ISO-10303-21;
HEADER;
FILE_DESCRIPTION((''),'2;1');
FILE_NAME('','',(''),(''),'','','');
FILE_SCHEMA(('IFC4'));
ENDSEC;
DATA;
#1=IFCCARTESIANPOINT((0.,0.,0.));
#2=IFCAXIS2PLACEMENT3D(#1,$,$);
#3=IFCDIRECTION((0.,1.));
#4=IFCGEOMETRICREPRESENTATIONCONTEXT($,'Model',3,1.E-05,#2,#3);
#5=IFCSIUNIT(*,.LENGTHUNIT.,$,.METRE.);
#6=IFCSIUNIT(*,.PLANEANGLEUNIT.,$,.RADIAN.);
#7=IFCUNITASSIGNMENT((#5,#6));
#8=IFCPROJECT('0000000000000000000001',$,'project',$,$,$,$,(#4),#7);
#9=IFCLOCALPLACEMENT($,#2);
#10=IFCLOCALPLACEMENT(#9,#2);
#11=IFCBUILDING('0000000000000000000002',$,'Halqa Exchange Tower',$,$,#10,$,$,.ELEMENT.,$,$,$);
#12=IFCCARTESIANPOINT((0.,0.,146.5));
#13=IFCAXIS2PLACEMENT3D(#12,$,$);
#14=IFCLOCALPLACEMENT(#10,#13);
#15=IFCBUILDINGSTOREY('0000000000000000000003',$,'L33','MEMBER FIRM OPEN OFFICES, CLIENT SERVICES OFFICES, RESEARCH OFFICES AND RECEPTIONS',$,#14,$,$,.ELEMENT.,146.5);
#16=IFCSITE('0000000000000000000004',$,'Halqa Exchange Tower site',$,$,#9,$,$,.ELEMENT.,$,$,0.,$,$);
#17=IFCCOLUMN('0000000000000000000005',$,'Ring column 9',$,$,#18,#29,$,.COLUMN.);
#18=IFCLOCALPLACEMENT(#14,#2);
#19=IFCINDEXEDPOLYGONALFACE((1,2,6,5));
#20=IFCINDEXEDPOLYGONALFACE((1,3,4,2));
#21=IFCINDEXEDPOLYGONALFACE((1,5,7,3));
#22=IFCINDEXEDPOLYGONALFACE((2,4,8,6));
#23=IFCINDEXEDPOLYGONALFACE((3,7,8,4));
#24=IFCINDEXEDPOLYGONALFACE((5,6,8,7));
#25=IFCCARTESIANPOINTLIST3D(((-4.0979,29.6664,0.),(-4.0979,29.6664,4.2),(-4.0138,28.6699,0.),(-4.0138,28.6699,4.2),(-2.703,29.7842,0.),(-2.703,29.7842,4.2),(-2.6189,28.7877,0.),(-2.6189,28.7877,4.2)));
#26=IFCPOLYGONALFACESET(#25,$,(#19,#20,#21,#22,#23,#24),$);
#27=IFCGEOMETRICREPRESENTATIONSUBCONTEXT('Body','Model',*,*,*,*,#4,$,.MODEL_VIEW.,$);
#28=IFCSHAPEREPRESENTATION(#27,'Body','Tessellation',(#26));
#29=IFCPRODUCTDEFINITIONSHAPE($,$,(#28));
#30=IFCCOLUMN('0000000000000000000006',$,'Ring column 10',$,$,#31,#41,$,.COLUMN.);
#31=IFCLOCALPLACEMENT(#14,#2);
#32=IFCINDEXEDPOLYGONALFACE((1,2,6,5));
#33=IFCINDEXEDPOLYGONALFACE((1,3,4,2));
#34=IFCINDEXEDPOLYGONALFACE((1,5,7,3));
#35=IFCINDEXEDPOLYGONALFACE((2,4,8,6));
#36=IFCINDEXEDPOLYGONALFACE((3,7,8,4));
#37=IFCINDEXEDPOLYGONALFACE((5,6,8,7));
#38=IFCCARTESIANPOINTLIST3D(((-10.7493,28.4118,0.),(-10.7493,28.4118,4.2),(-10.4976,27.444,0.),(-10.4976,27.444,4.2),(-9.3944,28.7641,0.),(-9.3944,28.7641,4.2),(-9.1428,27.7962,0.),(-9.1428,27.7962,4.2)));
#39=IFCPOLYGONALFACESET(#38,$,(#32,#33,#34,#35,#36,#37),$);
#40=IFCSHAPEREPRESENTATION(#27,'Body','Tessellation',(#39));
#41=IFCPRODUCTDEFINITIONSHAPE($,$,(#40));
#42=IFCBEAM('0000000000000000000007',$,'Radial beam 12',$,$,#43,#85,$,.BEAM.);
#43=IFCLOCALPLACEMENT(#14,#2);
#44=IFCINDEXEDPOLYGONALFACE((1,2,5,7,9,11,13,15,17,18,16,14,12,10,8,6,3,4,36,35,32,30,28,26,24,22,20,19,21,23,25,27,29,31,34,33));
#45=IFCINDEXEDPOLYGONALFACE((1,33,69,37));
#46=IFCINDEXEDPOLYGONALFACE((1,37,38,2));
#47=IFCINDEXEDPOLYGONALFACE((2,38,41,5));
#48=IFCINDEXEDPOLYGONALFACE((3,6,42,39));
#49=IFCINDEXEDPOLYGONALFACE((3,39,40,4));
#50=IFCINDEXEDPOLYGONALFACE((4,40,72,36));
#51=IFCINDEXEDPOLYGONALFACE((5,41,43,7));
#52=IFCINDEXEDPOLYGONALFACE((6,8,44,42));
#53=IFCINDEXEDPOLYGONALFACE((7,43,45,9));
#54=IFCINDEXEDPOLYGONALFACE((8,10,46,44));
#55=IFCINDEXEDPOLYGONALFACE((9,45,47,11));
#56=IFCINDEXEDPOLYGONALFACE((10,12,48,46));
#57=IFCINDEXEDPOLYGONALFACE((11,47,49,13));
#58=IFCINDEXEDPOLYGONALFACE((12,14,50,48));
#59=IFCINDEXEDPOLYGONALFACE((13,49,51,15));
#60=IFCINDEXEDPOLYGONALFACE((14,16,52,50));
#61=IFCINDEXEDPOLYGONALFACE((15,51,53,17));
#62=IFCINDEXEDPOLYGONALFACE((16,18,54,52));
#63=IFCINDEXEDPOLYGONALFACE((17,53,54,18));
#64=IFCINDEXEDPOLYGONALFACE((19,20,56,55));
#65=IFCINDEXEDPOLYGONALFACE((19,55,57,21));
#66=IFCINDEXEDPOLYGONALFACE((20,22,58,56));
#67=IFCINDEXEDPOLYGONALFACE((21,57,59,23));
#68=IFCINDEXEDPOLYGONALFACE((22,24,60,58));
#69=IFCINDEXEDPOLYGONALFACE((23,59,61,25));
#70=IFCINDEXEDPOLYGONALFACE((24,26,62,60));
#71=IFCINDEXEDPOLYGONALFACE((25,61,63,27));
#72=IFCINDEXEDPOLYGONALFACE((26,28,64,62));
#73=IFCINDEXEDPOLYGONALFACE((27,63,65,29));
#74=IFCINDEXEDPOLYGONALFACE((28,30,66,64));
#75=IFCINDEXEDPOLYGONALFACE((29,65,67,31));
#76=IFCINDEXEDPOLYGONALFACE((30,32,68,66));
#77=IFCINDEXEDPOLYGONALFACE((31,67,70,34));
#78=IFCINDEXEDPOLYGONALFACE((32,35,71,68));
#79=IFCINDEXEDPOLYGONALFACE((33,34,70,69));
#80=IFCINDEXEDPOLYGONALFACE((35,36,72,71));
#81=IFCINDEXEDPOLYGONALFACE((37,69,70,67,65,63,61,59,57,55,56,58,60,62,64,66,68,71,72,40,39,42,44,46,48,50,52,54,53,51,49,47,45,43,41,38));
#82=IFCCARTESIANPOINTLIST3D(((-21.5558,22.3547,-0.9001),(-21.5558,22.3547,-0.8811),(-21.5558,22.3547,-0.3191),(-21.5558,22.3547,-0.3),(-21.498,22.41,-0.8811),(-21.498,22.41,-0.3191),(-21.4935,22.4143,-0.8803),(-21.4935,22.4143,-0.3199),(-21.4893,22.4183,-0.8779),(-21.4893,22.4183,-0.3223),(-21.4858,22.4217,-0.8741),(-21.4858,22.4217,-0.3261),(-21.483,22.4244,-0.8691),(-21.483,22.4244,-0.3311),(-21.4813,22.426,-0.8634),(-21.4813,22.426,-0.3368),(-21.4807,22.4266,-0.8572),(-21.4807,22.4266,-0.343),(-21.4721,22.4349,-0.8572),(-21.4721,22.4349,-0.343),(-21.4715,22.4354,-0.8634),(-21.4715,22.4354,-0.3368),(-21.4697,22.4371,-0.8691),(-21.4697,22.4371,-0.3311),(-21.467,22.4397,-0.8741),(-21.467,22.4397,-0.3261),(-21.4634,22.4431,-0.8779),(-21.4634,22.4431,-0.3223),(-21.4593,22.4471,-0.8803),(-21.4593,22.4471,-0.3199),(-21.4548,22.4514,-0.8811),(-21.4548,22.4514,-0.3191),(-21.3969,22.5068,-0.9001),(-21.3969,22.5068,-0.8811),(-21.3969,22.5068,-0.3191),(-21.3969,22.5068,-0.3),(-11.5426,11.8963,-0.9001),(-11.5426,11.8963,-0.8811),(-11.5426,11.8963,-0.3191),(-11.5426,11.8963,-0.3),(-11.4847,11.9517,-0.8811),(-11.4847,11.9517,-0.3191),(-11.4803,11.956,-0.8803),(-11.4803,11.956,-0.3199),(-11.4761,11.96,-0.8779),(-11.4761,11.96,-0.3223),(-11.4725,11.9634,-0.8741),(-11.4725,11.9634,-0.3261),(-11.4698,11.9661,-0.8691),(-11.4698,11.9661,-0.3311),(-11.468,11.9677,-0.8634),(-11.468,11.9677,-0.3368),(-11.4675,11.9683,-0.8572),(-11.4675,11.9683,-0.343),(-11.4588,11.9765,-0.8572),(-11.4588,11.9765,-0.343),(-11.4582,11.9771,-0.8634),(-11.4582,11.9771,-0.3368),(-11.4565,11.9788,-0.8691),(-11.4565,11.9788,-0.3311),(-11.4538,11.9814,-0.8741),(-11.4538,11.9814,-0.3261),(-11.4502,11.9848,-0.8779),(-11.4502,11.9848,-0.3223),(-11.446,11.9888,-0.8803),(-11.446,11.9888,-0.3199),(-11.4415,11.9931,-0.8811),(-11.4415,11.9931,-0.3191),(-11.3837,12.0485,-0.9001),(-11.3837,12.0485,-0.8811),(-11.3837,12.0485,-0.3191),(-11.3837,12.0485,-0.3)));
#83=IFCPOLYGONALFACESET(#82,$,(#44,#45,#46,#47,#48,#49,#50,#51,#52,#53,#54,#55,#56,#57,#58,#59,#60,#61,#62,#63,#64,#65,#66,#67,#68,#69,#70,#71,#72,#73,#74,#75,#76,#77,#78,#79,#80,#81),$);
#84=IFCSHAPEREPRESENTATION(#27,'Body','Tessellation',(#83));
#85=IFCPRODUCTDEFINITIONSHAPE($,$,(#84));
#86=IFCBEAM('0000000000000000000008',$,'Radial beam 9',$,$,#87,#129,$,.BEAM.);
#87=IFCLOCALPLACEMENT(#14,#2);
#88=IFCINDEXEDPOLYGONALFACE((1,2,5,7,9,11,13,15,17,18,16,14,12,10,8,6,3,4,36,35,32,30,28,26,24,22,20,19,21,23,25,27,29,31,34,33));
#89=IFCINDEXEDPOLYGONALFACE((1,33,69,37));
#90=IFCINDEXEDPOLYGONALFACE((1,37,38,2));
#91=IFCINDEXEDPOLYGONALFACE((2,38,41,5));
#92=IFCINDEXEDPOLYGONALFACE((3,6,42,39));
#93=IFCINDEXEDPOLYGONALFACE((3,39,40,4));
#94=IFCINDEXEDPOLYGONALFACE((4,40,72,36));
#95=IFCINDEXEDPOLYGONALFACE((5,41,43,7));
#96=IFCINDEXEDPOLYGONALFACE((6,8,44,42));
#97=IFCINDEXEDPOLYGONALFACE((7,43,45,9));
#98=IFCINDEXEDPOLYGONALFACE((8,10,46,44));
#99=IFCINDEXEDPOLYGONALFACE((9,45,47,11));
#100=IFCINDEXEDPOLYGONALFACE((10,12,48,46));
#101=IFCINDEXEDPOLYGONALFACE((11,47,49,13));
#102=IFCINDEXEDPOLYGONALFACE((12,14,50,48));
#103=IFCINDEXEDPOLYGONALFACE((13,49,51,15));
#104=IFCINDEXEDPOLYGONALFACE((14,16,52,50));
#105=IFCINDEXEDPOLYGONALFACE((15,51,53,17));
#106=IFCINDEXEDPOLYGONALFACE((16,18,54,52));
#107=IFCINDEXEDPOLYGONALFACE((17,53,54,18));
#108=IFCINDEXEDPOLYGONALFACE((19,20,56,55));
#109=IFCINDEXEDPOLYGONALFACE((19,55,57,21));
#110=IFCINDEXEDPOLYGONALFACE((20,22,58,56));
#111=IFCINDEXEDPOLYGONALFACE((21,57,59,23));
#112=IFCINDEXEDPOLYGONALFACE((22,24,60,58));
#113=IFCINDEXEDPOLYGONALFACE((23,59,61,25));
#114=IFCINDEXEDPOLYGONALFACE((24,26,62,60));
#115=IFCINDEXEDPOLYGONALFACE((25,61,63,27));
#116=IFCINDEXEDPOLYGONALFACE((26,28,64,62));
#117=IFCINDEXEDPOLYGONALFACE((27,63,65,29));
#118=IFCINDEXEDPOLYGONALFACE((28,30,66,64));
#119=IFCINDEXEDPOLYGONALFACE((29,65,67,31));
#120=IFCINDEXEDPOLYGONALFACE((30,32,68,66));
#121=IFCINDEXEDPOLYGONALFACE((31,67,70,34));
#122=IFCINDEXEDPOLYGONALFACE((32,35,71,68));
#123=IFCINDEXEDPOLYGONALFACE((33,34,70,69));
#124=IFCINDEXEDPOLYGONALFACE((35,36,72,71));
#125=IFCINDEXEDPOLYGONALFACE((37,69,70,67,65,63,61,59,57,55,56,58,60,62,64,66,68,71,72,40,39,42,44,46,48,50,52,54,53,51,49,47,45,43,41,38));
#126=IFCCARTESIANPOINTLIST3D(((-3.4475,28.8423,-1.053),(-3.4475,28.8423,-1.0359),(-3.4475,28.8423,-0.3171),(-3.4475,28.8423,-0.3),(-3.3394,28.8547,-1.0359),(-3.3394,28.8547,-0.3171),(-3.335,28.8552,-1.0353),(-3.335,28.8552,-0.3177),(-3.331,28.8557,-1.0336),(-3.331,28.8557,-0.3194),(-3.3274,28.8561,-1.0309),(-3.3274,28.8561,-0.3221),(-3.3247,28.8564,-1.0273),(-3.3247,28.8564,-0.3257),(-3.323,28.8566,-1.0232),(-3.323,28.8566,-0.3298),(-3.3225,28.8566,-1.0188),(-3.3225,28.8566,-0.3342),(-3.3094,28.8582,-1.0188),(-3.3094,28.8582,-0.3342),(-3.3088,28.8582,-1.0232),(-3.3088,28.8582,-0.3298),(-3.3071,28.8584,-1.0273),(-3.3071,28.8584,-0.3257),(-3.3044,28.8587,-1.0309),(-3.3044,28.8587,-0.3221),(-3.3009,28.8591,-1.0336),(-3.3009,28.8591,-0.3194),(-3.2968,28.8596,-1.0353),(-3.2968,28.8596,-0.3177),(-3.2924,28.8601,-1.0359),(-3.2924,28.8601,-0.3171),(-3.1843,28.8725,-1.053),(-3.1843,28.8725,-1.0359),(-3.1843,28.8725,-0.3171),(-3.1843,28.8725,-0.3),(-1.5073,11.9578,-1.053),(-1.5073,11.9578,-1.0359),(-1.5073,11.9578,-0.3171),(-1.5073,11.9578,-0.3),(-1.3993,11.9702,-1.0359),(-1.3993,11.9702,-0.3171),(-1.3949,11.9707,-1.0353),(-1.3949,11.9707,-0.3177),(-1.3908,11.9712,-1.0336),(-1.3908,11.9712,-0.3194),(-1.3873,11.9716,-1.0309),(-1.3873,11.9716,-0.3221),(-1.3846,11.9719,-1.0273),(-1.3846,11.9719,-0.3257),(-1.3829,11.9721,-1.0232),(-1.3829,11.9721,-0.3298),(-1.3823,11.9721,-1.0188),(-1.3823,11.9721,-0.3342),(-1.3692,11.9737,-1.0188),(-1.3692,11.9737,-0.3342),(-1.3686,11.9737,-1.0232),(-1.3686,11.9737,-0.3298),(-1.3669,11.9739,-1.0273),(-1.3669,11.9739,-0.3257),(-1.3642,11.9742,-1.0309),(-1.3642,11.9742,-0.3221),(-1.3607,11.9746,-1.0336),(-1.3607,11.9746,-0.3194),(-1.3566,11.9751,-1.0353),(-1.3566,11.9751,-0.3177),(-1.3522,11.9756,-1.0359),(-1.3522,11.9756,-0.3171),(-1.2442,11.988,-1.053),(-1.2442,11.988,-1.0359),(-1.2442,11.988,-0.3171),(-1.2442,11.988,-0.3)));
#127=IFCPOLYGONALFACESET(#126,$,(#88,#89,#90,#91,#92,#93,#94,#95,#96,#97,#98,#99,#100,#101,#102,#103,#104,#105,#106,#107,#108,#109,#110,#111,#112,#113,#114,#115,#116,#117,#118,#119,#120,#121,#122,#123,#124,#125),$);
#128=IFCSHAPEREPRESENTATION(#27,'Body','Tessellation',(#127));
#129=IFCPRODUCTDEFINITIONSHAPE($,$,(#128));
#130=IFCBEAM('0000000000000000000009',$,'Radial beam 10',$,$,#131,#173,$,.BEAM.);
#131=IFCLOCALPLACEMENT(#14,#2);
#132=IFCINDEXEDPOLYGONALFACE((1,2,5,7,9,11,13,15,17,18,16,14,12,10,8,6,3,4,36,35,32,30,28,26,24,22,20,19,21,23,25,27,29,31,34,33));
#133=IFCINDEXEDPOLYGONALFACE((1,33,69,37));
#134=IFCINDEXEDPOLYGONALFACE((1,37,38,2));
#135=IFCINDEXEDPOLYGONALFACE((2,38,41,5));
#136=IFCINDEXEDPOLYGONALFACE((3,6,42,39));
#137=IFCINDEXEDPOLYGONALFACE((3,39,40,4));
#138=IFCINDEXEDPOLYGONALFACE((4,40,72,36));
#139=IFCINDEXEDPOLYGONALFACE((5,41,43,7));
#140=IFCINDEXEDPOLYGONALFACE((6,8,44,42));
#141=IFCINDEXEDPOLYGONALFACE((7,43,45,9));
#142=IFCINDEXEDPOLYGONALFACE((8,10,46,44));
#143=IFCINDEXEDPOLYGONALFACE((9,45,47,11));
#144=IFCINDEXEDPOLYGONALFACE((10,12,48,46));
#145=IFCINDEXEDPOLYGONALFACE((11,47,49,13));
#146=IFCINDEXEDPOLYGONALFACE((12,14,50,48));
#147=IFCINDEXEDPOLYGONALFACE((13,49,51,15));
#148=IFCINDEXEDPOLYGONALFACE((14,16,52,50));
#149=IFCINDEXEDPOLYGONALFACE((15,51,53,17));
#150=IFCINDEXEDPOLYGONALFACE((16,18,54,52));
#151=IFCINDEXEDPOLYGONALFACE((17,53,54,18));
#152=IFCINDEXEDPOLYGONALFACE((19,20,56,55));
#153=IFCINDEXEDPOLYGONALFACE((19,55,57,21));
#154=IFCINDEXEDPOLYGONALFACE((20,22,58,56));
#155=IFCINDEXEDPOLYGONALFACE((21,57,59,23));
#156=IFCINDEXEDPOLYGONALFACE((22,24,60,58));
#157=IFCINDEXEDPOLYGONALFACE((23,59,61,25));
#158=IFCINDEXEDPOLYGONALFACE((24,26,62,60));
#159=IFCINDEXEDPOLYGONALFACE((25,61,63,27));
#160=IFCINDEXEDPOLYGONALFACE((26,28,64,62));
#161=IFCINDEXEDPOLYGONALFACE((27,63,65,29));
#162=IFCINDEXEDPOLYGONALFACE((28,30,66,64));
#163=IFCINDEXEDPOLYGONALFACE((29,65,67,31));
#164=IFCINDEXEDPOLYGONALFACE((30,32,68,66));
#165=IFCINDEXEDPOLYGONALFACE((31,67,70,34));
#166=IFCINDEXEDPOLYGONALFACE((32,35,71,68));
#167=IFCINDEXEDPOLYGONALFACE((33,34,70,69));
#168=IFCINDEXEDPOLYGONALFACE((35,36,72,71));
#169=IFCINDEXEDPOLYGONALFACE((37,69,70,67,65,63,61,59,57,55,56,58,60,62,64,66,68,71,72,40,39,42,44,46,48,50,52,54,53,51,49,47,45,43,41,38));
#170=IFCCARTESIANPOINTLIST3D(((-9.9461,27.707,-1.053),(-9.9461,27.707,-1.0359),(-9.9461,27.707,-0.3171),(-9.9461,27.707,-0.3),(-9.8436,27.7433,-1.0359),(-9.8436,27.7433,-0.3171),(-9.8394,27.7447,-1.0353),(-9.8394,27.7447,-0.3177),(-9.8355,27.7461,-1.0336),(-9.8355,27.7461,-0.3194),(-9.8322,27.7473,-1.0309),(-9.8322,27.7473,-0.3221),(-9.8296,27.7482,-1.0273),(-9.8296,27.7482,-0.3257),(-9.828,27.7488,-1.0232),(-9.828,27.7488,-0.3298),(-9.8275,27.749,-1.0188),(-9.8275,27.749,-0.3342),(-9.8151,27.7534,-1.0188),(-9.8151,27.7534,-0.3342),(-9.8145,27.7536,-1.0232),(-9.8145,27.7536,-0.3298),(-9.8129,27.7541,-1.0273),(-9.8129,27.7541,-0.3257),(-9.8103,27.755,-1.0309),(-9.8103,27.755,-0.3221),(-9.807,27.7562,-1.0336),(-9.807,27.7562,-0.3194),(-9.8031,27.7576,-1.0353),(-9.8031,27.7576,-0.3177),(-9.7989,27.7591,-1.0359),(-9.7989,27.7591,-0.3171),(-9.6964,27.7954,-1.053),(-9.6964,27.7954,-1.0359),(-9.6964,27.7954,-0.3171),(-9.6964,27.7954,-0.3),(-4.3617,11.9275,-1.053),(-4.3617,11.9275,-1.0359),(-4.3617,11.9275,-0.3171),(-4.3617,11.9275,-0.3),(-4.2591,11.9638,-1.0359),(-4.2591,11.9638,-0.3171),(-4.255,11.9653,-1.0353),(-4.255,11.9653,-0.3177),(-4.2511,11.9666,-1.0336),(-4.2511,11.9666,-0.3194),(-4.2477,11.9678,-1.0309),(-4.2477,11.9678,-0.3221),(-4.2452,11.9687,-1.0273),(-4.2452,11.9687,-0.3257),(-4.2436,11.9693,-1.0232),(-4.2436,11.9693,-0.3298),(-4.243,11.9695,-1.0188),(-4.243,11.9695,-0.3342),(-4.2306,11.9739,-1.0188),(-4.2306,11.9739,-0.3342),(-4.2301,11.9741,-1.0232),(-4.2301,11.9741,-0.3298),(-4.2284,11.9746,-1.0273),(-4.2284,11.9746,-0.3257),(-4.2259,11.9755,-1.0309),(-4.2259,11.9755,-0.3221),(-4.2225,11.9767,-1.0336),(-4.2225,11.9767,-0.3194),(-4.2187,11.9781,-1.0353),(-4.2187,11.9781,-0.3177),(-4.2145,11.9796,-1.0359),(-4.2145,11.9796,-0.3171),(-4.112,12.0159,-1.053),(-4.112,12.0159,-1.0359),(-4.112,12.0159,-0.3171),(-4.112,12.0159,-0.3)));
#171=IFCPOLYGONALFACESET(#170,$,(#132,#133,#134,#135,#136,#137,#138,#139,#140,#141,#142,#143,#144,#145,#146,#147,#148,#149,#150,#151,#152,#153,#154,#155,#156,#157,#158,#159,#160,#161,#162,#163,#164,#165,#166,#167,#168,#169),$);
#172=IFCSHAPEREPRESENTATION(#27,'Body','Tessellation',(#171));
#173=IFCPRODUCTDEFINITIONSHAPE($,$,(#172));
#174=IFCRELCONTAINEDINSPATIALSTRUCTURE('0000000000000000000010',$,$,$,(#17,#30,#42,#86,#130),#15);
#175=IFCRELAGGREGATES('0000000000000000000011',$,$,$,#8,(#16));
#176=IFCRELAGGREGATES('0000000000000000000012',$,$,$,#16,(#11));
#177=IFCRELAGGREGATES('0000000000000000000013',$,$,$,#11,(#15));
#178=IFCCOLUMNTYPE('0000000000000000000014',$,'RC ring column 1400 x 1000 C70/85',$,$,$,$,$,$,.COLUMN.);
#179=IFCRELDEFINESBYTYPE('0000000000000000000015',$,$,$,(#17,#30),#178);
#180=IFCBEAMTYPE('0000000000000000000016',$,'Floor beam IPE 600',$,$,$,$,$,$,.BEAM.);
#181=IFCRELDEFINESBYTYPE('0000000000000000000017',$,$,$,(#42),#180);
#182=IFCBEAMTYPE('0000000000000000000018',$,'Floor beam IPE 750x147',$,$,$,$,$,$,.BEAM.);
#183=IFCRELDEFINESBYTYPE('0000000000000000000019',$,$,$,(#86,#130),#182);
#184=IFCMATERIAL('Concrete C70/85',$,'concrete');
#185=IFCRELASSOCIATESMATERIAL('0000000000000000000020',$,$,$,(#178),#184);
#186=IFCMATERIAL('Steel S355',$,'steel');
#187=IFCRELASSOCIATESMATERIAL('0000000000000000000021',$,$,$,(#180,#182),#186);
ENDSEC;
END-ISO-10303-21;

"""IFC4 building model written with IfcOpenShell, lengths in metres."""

from ifc_helpers import new_model, si_unit, direction, frame, origin, origin_2d, place, context, subcontext, project, spatial, rectangle, i_section, extrude, material, material_profile, profile_set, type_object, element, save


model = new_model("IFC4")

# Units and contexts
model_context = context("Model", 3, precision=1e-05, world=origin(), true_north=direction((0.0, 1.0)))
body_context = subcontext(model_context, "Body", "Model", "MODEL_VIEW")
ifc_project = project(units=[si_unit("LENGTHUNIT", "METRE"), si_unit("PLANEANGLEUNIT", "RADIAN")], contexts=[model_context])

# Site, building, storey
site_placement = place(None, origin())
site = spatial("IfcSite", under=ifc_project, at=site_placement, Name="Halqa Exchange Tower site", CompositionType="ELEMENT", RefElevation=0.0)
building_placement = place(site_placement, origin())
building = spatial("IfcBuilding", under=site, at=building_placement, Name="Halqa Exchange Tower", CompositionType="ELEMENT")
storey_placement = place(building_placement, frame((0.0, 0.0, 146.5)))
storey = spatial("IfcBuildingStorey", under=building, at=storey_placement, Name="L33", Description="MEMBER FIRM OPEN OFFICES, CLIENT SERVICES OFFICES, RESEARCH OFFICES AND RECEPTIONS", CompositionType="ELEMENT", Elevation=146.5)

# Columns
ifc_material_1 = material(Name="Concrete C70/85", Category="concrete")
ifc_material_profile_1 = material_profile(ifc_material_1, rectangle(XDim=1.3999, YDim=1.0, at=origin_2d()), Name="1400 x 1000")
ifc_profile_set_1 = profile_set([ifc_material_profile_1], Name="Concrete C70/85")
column_type = type_object("IfcColumnType", Name="RC ring column 1400 x 1000 C70/85", PredefinedType="COLUMN", material=ifc_profile_set_1)
for number, where, z_axis, x_axis, name in (
    (1, (-3.3584, 29.2271, 0.0), (0.0, 0.0, 1.0), (-0.996455, -0.084123, 0.0), "Ring column 9"),
    (2, (-9.946, 28.104, 0.0), (0.0, 0.0, 1.0), (-0.96782, -0.251645, 0.0), "Ring column 10"),
):
    element("IfcColumn", number, at=place(storey_placement, frame(where, z_axis=z_axis, x_axis=x_axis)), inside=storey, type_object=column_type, Name=name, PredefinedType="COLUMN", context=body_context, shape_type="SweptSolid", body=[
        extrude(rectangle(XDim=1.3999, YDim=1.0, at=origin_2d()), origin(), (0.0, 0.0, 1.0), 4.2),
    ])

# Beams
ifc_material_2 = material(Name="Steel S355", Category="steel")
ifc_material_profile_2 = material_profile(ifc_material_2, i_section(OverallWidth=0.22, OverallDepth=0.6001, WebThickness=0.012, FlangeThickness=0.019, FilletRadius=0.0239, at=origin_2d()), Name="IPE 600")
ifc_profile_set_2 = profile_set([ifc_material_profile_2], Name="Steel S355")
beam_type_1 = type_object("IfcBeamType", Name="Floor beam IPE 600", PredefinedType="BEAM", material=ifc_profile_set_2)
beam_1_placement = place(storey_placement, frame((-11.4631, 11.9724, -0.6001), z_axis=(-0.69157, 0.722309, 0.0), x_axis=(-0.722309, -0.69157, 0.0)))
element("IfcBeam", 3, at=beam_1_placement, inside=storey, type_object=beam_type_1, Name="Radial beam 12", PredefinedType="BEAM", context=body_context, shape_type="SweptSolid", body=[
    extrude(i_section(OverallWidth=0.22, OverallDepth=0.6001, WebThickness=0.012, FlangeThickness=0.019, FilletRadius=0.0239, at=origin_2d()), origin(), (0.0, 0.0, 1.0), 14.479),
])
ifc_material_profile_3 = material_profile(ifc_material_2, i_section(OverallWidth=0.2649, OverallDepth=0.7529, WebThickness=0.0132, FlangeThickness=0.0171, FilletRadius=0.0171, at=origin_2d()), Name="IPE 750x147")
ifc_profile_set_3 = profile_set([ifc_material_profile_3], Name="Steel S355")
beam_type_2 = type_object("IfcBeamType", Name="Floor beam IPE 750x147", PredefinedType="BEAM", material=ifc_profile_set_3)
beam_2_placement = place(storey_placement, frame((-1.3757, 11.9729, -0.6765), z_axis=(-0.114158, 0.993463, 0.0), x_axis=(-0.993463, -0.114158, 0.0)))
element("IfcBeam", 4, at=beam_2_placement, inside=storey, type_object=beam_type_2, Name="Radial beam 9", PredefinedType="BEAM", context=body_context, shape_type="SweptSolid", body=[
    extrude(i_section(OverallWidth=0.2649, OverallDepth=0.7529, WebThickness=0.0132, FlangeThickness=0.0171, FilletRadius=0.0171, at=origin_2d()), origin(), (0.0, 0.0, 1.0), 16.9956),
])
beam_3_placement = place(storey_placement, frame((-4.2368, 11.9717, -0.6765), z_axis=(-0.333629, 0.942705, 0.0), x_axis=(-0.942705, -0.333629, 0.0)))
element("IfcBeam", 5, at=beam_3_placement, inside=storey, type_object=beam_type_2, Name="Radial beam 10", PredefinedType="BEAM", context=body_context, shape_type="SweptSolid", body=[
    extrude(i_section(OverallWidth=0.2649, OverallDepth=0.7529, WebThickness=0.0132, FlangeThickness=0.0171, FilletRadius=0.0171, at=origin_2d()), origin(), (0.0, 0.0, 1.0), 16.7385),
])

save(model, "model.ifc")
